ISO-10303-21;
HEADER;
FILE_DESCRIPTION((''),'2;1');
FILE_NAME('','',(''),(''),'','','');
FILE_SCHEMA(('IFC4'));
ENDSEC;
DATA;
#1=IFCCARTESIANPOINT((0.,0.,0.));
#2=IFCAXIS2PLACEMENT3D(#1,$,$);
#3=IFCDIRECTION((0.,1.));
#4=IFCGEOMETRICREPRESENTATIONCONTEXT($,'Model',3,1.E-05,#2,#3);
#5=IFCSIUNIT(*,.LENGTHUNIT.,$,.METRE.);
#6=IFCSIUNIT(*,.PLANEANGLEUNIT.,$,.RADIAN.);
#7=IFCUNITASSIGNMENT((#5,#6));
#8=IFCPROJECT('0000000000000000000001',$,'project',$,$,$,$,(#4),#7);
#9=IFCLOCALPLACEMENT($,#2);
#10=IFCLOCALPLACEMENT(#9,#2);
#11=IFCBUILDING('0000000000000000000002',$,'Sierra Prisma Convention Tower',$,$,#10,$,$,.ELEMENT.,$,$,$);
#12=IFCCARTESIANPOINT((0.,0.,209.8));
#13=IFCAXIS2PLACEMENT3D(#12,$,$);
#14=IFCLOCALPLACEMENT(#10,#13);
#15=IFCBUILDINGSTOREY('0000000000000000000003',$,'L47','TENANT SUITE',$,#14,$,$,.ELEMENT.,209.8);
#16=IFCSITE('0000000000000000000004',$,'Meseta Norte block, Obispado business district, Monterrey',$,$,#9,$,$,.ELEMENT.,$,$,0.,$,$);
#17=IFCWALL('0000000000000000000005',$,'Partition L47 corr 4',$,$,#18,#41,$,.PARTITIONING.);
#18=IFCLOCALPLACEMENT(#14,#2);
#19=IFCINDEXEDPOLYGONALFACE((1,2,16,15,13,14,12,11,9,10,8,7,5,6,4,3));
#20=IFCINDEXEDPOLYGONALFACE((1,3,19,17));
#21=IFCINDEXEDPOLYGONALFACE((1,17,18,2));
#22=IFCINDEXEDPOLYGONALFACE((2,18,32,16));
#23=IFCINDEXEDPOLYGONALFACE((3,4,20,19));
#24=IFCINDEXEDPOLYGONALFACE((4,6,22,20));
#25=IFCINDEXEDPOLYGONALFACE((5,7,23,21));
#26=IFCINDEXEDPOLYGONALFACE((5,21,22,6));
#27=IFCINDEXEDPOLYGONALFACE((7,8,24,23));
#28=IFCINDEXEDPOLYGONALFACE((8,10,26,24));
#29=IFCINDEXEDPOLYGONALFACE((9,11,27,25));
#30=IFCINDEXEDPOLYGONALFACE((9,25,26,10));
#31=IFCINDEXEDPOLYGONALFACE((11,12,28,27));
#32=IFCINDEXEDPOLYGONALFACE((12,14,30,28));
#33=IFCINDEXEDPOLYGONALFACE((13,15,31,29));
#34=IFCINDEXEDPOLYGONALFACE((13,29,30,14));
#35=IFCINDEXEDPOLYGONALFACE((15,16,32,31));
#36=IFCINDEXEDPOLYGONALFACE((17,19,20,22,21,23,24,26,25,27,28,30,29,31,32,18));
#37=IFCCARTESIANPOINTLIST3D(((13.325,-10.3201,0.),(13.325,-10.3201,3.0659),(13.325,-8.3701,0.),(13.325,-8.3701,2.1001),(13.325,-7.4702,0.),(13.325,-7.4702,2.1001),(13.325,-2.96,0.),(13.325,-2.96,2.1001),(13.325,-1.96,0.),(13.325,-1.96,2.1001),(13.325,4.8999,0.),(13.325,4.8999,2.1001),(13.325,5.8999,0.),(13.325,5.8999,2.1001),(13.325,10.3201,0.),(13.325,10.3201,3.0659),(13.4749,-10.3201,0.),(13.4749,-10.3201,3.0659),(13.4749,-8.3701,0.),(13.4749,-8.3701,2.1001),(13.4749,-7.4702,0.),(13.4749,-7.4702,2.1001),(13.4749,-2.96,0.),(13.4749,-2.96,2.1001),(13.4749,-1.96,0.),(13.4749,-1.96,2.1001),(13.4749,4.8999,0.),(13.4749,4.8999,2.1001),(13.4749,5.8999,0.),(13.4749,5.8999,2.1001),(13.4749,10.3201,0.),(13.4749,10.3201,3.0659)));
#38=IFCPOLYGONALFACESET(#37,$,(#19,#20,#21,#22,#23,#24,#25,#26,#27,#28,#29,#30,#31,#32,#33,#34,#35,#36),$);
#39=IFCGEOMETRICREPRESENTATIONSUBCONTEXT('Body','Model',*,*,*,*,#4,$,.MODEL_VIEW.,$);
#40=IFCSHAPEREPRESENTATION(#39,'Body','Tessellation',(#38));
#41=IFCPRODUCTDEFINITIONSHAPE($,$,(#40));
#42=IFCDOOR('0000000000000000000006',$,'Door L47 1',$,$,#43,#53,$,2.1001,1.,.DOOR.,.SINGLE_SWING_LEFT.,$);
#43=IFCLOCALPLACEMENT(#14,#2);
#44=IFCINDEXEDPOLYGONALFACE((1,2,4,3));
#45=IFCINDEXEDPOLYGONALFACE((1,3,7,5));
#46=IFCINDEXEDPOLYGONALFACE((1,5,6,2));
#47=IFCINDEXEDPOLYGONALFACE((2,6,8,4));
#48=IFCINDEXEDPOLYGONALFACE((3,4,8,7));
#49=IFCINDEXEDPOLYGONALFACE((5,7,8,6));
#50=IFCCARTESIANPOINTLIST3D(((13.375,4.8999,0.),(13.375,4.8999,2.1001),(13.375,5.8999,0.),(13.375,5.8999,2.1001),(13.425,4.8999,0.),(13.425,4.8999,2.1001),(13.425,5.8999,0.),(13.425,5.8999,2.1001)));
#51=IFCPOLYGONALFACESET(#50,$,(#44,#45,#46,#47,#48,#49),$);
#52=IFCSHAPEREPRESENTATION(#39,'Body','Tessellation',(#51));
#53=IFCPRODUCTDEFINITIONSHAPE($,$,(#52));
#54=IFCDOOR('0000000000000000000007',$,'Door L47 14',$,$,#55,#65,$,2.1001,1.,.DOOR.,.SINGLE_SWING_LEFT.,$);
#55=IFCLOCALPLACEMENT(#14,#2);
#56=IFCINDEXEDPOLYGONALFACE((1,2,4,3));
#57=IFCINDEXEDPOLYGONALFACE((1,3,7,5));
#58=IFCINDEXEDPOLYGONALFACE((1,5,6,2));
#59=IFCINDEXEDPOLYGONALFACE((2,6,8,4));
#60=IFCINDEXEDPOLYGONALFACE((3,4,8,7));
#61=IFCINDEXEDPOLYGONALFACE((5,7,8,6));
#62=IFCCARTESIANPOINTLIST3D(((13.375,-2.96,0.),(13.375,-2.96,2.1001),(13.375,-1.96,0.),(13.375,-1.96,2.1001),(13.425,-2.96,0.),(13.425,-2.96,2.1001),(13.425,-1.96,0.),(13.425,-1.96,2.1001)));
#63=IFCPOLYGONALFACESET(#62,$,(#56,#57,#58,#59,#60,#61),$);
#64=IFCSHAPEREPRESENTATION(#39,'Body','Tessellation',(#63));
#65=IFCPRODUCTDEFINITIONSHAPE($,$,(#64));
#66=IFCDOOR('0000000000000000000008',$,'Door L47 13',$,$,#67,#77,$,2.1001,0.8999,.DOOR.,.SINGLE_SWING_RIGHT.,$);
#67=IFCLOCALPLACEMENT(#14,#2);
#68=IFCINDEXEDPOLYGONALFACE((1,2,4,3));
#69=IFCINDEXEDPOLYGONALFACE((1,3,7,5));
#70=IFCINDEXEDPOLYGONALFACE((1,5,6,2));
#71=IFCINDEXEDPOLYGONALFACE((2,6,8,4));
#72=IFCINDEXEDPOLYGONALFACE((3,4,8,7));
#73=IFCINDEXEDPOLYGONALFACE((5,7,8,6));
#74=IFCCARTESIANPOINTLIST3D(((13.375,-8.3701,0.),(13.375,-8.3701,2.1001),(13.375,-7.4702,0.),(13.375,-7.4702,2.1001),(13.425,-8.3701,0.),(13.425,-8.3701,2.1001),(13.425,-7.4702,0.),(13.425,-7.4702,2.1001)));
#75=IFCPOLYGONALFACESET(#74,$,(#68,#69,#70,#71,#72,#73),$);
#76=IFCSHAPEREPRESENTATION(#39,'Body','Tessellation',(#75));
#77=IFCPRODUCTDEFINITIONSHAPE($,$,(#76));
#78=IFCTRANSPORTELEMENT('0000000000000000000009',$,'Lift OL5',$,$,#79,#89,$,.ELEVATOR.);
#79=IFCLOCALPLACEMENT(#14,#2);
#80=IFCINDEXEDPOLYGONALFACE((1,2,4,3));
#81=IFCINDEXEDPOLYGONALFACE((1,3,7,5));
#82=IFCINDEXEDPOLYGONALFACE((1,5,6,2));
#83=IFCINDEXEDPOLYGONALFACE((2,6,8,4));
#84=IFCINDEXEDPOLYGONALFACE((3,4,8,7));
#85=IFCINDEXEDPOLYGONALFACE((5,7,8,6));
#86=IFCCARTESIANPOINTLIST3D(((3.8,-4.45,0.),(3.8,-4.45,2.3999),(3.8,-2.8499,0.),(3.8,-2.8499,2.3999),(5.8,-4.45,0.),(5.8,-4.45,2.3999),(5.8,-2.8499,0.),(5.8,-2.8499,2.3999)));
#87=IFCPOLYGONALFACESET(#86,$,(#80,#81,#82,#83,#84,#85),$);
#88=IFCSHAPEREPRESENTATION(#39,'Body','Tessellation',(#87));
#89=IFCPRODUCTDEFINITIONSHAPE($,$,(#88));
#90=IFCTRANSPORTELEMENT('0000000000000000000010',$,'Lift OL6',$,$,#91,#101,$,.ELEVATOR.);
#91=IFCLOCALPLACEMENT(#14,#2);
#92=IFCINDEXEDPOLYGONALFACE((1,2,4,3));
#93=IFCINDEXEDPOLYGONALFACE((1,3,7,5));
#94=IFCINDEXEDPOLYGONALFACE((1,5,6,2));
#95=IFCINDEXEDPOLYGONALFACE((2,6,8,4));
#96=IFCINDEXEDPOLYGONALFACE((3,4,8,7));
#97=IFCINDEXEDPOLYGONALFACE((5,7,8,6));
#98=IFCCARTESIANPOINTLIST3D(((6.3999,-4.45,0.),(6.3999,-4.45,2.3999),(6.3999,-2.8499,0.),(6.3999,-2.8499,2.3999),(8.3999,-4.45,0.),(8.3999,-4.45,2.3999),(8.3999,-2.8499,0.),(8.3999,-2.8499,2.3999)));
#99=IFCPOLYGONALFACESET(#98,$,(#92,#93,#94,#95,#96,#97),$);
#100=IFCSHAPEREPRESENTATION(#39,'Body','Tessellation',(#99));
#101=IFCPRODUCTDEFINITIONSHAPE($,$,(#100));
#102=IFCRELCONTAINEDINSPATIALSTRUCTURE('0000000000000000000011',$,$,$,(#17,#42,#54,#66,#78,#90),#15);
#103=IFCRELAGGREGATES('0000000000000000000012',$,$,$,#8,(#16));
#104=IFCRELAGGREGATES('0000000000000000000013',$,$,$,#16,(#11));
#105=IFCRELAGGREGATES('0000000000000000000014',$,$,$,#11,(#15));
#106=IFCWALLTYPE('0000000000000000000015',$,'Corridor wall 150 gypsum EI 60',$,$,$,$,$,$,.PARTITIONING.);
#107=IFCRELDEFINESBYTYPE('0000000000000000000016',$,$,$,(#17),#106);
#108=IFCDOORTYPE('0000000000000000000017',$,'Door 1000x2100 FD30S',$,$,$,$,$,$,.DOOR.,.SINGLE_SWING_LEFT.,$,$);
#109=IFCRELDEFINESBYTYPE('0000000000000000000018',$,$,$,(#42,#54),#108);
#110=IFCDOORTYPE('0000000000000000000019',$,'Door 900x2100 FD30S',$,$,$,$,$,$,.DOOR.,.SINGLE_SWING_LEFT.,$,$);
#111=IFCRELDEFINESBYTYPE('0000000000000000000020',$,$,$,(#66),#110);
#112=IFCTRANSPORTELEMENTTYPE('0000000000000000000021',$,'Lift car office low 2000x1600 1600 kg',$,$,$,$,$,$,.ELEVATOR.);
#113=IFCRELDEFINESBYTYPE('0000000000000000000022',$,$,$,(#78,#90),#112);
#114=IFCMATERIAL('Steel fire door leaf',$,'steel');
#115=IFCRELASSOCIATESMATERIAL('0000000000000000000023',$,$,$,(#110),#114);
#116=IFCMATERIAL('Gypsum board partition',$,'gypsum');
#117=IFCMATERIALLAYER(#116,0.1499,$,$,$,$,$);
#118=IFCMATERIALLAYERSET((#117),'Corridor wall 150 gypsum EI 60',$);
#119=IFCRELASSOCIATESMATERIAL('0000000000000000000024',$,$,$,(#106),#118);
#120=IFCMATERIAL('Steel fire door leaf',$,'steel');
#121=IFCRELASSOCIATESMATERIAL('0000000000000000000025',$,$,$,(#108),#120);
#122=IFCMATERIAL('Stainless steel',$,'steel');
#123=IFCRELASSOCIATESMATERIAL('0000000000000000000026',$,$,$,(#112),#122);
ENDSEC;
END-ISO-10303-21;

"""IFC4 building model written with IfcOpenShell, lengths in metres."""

from ifc_helpers import new_model, si_unit, direction, frame, frame_2d, origin, origin_2d, place, context, subcontext, project, spatial, rectangle, extrude, material, layer, layer_set, type_object, element, fill, save


model = new_model("IFC4")

# Units and contexts
model_context = context("Model", 3, precision=1e-05, world=origin(), true_north=direction((0.0, 1.0)))
body_context = subcontext(model_context, "Body", "Model", "MODEL_VIEW")
ifc_project = project(units=[si_unit("LENGTHUNIT", "METRE"), si_unit("PLANEANGLEUNIT", "RADIAN")], contexts=[model_context])

# Site, building, storey
site_placement = place(None, origin())
site = spatial("IfcSite", under=ifc_project, at=site_placement, Name="Meseta Norte block, Obispado business district, Monterrey", CompositionType="ELEMENT", RefElevation=0.0)
building_placement = place(site_placement, origin())
building = spatial("IfcBuilding", under=site, at=building_placement, Name="Sierra Prisma Convention Tower", CompositionType="ELEMENT")
storey_placement = place(building_placement, frame((0.0, 0.0, 209.8)))
storey = spatial("IfcBuildingStorey", under=building, at=storey_placement, Name="L47", Description="TENANT SUITE", CompositionType="ELEMENT", Elevation=209.8)

# Shared definitions
ifc_material_1 = material(Name="Steel fire door leaf", Category="steel")
door_type_1 = type_object("IfcDoorType", Name="Door 900x2100 FD30S", OperationType="SINGLE_SWING_LEFT", PredefinedType="DOOR", material=ifc_material_1)

# Wall, openings, doors
ifc_material_2 = material(Name="Gypsum board partition", Category="gypsum")
ifc_layer_1 = layer(ifc_material_2, 0.1499)
ifc_layer_set_1 = layer_set([ifc_layer_1], Name="Corridor wall 150 gypsum EI 60")
wall_type_1 = type_object("IfcWallType", Name="Corridor wall 150 gypsum EI 60", PredefinedType="PARTITIONING", material=ifc_layer_set_1)
wall_1_placement = place(storey_placement, frame((13.3999, -10.3201, 0.0), z_axis=(0.0, 0.0, 1.0), x_axis=(0.0, 1.0, 0.0)))
wall_1 = element("IfcWall", 1, at=wall_1_placement, inside=storey, type_object=wall_type_1, Name="Partition L47 corr 4", PredefinedType="PARTITIONING", context=body_context, shape_type="SweptSolid", body=[
    extrude(rectangle(XDim=20.6401, YDim=0.1499, at=frame_2d((10.3201, 0.0))), origin(), (0.0, 0.0, 1.0), 3.0659),
])
opening_1_placement = place(wall_1_placement, frame((15.22, 0.0, 0.0)))
opening_1 = element("IfcOpeningElement", 2, at=opening_1_placement, cuts=wall_1, PredefinedType="OPENING", context=body_context, shape_type="SweptSolid", body=[
    extrude(rectangle(XDim=1.0, YDim=2.1001, at=frame_2d((0.5, 1.05))), frame((0.0, 0.075, 0.0), z_axis=(0.0, -1.0, 0.0), x_axis=(1.0, 0.0, 0.0)), (0.0, 0.0, 1.0), 0.1499),
])
opening_2_placement = place(wall_1_placement, frame((1.95, 0.0, 0.0)))
opening_2 = element("IfcOpeningElement", 3, at=opening_2_placement, cuts=wall_1, PredefinedType="OPENING", context=body_context, shape_type="SweptSolid", body=[
    extrude(rectangle(XDim=0.8999, YDim=2.1001, at=frame_2d((0.45, 1.05))), frame((0.0, 0.075, 0.0), z_axis=(0.0, -1.0, 0.0), x_axis=(1.0, 0.0, 0.0)), (0.0, 0.0, 1.0), 0.1499),
])
opening_3_placement = place(wall_1_placement, frame((7.3601, 0.0, 0.0)))
opening_3 = element("IfcOpeningElement", 4, at=opening_3_placement, cuts=wall_1, PredefinedType="OPENING", context=body_context, shape_type="SweptSolid", body=[
    extrude(rectangle(XDim=1.0, YDim=2.1001, at=frame_2d((0.5, 1.05))), frame((0.0, 0.075, 0.0), z_axis=(0.0, -1.0, 0.0), x_axis=(1.0, 0.0, 0.0)), (0.0, 0.0, 1.0), 0.1499),
])
ifc_material_3 = material(Name="Steel fire door leaf", Category="steel")
door_type_2 = type_object("IfcDoorType", Name="Door 1000x2100 FD30S", OperationType="SINGLE_SWING_LEFT", PredefinedType="DOOR", material=ifc_material_3)
door_1_placement = place(opening_1_placement, origin())
door_1 = element("IfcDoor", 5, at=door_1_placement, inside=storey, type_object=door_type_2, Name="Door L47 1", OperationType="SINGLE_SWING_LEFT", OverallHeight=2.1001, OverallWidth=1.0, PredefinedType="DOOR", context=body_context, shape_type="SweptSolid", body=[
    extrude(rectangle(XDim=1.0, YDim=2.1001, at=frame_2d((0.5, 1.05))), frame((0.0, 0.0249, 0.0), z_axis=(0.0, -1.0, 0.0), x_axis=(1.0, 0.0, 0.0)), (0.0, 0.0, 1.0), 0.05),
])
fill(opening_1, door_1)
door_2_placement = place(opening_3_placement, origin())
door_2 = element("IfcDoor", 6, at=door_2_placement, inside=storey, type_object=door_type_2, Name="Door L47 14", OperationType="SINGLE_SWING_LEFT", OverallHeight=2.1001, OverallWidth=1.0, PredefinedType="DOOR", context=body_context, shape_type="SweptSolid", body=[
    extrude(rectangle(XDim=1.0, YDim=2.1001, at=frame_2d((0.5, 1.05))), frame((0.0, 0.0249, 0.0), z_axis=(0.0, -1.0, 0.0), x_axis=(1.0, 0.0, 0.0)), (0.0, 0.0, 1.0), 0.05),
])
fill(opening_3, door_2)
door_3_placement = place(opening_2_placement, origin())
door_3 = element("IfcDoor", 7, at=door_3_placement, inside=storey, type_object=door_type_1, Name="Door L47 13", OperationType="SINGLE_SWING_RIGHT", OverallHeight=2.1001, OverallWidth=0.8999, PredefinedType="DOOR", context=body_context, shape_type="SweptSolid", body=[
    extrude(rectangle(XDim=0.8999, YDim=2.1001, at=frame_2d((0.45, 1.05))), frame((0.0, 0.0249, 0.0), z_axis=(0.0, -1.0, 0.0), x_axis=(1.0, 0.0, 0.0)), (0.0, 0.0, 1.0), 0.05),
])
fill(opening_2, door_3)

# Transport elements
ifc_material_4 = material(Name="Stainless steel", Category="steel")
transport_element_type = type_object("IfcTransportElementType", Name="Lift car office low 2000x1600 1600 kg", PredefinedType="ELEVATOR", material=ifc_material_4)
for number, where, z_axis, x_axis, name in (
    (8, (4.8, -3.6499, 0.0), (0.0, 0.0, 1.0), (1.0, 0.0, 0.0), "Lift OL5"),
    (9, (7.3999, -3.6499, 0.0), (0.0, 0.0, 1.0), (1.0, 0.0, 0.0), "Lift OL6"),
):
    element("IfcTransportElement", number, at=place(storey_placement, frame(where, z_axis=z_axis, x_axis=x_axis)), inside=storey, type_object=transport_element_type, Name=name, PredefinedType="ELEVATOR", context=body_context, shape_type="SweptSolid", body=[
        extrude(rectangle(XDim=2.0, YDim=1.6001, at=origin_2d()), origin(), (0.0, 0.0, 1.0), 2.3999),
    ])

save(model, "model.ifc")
